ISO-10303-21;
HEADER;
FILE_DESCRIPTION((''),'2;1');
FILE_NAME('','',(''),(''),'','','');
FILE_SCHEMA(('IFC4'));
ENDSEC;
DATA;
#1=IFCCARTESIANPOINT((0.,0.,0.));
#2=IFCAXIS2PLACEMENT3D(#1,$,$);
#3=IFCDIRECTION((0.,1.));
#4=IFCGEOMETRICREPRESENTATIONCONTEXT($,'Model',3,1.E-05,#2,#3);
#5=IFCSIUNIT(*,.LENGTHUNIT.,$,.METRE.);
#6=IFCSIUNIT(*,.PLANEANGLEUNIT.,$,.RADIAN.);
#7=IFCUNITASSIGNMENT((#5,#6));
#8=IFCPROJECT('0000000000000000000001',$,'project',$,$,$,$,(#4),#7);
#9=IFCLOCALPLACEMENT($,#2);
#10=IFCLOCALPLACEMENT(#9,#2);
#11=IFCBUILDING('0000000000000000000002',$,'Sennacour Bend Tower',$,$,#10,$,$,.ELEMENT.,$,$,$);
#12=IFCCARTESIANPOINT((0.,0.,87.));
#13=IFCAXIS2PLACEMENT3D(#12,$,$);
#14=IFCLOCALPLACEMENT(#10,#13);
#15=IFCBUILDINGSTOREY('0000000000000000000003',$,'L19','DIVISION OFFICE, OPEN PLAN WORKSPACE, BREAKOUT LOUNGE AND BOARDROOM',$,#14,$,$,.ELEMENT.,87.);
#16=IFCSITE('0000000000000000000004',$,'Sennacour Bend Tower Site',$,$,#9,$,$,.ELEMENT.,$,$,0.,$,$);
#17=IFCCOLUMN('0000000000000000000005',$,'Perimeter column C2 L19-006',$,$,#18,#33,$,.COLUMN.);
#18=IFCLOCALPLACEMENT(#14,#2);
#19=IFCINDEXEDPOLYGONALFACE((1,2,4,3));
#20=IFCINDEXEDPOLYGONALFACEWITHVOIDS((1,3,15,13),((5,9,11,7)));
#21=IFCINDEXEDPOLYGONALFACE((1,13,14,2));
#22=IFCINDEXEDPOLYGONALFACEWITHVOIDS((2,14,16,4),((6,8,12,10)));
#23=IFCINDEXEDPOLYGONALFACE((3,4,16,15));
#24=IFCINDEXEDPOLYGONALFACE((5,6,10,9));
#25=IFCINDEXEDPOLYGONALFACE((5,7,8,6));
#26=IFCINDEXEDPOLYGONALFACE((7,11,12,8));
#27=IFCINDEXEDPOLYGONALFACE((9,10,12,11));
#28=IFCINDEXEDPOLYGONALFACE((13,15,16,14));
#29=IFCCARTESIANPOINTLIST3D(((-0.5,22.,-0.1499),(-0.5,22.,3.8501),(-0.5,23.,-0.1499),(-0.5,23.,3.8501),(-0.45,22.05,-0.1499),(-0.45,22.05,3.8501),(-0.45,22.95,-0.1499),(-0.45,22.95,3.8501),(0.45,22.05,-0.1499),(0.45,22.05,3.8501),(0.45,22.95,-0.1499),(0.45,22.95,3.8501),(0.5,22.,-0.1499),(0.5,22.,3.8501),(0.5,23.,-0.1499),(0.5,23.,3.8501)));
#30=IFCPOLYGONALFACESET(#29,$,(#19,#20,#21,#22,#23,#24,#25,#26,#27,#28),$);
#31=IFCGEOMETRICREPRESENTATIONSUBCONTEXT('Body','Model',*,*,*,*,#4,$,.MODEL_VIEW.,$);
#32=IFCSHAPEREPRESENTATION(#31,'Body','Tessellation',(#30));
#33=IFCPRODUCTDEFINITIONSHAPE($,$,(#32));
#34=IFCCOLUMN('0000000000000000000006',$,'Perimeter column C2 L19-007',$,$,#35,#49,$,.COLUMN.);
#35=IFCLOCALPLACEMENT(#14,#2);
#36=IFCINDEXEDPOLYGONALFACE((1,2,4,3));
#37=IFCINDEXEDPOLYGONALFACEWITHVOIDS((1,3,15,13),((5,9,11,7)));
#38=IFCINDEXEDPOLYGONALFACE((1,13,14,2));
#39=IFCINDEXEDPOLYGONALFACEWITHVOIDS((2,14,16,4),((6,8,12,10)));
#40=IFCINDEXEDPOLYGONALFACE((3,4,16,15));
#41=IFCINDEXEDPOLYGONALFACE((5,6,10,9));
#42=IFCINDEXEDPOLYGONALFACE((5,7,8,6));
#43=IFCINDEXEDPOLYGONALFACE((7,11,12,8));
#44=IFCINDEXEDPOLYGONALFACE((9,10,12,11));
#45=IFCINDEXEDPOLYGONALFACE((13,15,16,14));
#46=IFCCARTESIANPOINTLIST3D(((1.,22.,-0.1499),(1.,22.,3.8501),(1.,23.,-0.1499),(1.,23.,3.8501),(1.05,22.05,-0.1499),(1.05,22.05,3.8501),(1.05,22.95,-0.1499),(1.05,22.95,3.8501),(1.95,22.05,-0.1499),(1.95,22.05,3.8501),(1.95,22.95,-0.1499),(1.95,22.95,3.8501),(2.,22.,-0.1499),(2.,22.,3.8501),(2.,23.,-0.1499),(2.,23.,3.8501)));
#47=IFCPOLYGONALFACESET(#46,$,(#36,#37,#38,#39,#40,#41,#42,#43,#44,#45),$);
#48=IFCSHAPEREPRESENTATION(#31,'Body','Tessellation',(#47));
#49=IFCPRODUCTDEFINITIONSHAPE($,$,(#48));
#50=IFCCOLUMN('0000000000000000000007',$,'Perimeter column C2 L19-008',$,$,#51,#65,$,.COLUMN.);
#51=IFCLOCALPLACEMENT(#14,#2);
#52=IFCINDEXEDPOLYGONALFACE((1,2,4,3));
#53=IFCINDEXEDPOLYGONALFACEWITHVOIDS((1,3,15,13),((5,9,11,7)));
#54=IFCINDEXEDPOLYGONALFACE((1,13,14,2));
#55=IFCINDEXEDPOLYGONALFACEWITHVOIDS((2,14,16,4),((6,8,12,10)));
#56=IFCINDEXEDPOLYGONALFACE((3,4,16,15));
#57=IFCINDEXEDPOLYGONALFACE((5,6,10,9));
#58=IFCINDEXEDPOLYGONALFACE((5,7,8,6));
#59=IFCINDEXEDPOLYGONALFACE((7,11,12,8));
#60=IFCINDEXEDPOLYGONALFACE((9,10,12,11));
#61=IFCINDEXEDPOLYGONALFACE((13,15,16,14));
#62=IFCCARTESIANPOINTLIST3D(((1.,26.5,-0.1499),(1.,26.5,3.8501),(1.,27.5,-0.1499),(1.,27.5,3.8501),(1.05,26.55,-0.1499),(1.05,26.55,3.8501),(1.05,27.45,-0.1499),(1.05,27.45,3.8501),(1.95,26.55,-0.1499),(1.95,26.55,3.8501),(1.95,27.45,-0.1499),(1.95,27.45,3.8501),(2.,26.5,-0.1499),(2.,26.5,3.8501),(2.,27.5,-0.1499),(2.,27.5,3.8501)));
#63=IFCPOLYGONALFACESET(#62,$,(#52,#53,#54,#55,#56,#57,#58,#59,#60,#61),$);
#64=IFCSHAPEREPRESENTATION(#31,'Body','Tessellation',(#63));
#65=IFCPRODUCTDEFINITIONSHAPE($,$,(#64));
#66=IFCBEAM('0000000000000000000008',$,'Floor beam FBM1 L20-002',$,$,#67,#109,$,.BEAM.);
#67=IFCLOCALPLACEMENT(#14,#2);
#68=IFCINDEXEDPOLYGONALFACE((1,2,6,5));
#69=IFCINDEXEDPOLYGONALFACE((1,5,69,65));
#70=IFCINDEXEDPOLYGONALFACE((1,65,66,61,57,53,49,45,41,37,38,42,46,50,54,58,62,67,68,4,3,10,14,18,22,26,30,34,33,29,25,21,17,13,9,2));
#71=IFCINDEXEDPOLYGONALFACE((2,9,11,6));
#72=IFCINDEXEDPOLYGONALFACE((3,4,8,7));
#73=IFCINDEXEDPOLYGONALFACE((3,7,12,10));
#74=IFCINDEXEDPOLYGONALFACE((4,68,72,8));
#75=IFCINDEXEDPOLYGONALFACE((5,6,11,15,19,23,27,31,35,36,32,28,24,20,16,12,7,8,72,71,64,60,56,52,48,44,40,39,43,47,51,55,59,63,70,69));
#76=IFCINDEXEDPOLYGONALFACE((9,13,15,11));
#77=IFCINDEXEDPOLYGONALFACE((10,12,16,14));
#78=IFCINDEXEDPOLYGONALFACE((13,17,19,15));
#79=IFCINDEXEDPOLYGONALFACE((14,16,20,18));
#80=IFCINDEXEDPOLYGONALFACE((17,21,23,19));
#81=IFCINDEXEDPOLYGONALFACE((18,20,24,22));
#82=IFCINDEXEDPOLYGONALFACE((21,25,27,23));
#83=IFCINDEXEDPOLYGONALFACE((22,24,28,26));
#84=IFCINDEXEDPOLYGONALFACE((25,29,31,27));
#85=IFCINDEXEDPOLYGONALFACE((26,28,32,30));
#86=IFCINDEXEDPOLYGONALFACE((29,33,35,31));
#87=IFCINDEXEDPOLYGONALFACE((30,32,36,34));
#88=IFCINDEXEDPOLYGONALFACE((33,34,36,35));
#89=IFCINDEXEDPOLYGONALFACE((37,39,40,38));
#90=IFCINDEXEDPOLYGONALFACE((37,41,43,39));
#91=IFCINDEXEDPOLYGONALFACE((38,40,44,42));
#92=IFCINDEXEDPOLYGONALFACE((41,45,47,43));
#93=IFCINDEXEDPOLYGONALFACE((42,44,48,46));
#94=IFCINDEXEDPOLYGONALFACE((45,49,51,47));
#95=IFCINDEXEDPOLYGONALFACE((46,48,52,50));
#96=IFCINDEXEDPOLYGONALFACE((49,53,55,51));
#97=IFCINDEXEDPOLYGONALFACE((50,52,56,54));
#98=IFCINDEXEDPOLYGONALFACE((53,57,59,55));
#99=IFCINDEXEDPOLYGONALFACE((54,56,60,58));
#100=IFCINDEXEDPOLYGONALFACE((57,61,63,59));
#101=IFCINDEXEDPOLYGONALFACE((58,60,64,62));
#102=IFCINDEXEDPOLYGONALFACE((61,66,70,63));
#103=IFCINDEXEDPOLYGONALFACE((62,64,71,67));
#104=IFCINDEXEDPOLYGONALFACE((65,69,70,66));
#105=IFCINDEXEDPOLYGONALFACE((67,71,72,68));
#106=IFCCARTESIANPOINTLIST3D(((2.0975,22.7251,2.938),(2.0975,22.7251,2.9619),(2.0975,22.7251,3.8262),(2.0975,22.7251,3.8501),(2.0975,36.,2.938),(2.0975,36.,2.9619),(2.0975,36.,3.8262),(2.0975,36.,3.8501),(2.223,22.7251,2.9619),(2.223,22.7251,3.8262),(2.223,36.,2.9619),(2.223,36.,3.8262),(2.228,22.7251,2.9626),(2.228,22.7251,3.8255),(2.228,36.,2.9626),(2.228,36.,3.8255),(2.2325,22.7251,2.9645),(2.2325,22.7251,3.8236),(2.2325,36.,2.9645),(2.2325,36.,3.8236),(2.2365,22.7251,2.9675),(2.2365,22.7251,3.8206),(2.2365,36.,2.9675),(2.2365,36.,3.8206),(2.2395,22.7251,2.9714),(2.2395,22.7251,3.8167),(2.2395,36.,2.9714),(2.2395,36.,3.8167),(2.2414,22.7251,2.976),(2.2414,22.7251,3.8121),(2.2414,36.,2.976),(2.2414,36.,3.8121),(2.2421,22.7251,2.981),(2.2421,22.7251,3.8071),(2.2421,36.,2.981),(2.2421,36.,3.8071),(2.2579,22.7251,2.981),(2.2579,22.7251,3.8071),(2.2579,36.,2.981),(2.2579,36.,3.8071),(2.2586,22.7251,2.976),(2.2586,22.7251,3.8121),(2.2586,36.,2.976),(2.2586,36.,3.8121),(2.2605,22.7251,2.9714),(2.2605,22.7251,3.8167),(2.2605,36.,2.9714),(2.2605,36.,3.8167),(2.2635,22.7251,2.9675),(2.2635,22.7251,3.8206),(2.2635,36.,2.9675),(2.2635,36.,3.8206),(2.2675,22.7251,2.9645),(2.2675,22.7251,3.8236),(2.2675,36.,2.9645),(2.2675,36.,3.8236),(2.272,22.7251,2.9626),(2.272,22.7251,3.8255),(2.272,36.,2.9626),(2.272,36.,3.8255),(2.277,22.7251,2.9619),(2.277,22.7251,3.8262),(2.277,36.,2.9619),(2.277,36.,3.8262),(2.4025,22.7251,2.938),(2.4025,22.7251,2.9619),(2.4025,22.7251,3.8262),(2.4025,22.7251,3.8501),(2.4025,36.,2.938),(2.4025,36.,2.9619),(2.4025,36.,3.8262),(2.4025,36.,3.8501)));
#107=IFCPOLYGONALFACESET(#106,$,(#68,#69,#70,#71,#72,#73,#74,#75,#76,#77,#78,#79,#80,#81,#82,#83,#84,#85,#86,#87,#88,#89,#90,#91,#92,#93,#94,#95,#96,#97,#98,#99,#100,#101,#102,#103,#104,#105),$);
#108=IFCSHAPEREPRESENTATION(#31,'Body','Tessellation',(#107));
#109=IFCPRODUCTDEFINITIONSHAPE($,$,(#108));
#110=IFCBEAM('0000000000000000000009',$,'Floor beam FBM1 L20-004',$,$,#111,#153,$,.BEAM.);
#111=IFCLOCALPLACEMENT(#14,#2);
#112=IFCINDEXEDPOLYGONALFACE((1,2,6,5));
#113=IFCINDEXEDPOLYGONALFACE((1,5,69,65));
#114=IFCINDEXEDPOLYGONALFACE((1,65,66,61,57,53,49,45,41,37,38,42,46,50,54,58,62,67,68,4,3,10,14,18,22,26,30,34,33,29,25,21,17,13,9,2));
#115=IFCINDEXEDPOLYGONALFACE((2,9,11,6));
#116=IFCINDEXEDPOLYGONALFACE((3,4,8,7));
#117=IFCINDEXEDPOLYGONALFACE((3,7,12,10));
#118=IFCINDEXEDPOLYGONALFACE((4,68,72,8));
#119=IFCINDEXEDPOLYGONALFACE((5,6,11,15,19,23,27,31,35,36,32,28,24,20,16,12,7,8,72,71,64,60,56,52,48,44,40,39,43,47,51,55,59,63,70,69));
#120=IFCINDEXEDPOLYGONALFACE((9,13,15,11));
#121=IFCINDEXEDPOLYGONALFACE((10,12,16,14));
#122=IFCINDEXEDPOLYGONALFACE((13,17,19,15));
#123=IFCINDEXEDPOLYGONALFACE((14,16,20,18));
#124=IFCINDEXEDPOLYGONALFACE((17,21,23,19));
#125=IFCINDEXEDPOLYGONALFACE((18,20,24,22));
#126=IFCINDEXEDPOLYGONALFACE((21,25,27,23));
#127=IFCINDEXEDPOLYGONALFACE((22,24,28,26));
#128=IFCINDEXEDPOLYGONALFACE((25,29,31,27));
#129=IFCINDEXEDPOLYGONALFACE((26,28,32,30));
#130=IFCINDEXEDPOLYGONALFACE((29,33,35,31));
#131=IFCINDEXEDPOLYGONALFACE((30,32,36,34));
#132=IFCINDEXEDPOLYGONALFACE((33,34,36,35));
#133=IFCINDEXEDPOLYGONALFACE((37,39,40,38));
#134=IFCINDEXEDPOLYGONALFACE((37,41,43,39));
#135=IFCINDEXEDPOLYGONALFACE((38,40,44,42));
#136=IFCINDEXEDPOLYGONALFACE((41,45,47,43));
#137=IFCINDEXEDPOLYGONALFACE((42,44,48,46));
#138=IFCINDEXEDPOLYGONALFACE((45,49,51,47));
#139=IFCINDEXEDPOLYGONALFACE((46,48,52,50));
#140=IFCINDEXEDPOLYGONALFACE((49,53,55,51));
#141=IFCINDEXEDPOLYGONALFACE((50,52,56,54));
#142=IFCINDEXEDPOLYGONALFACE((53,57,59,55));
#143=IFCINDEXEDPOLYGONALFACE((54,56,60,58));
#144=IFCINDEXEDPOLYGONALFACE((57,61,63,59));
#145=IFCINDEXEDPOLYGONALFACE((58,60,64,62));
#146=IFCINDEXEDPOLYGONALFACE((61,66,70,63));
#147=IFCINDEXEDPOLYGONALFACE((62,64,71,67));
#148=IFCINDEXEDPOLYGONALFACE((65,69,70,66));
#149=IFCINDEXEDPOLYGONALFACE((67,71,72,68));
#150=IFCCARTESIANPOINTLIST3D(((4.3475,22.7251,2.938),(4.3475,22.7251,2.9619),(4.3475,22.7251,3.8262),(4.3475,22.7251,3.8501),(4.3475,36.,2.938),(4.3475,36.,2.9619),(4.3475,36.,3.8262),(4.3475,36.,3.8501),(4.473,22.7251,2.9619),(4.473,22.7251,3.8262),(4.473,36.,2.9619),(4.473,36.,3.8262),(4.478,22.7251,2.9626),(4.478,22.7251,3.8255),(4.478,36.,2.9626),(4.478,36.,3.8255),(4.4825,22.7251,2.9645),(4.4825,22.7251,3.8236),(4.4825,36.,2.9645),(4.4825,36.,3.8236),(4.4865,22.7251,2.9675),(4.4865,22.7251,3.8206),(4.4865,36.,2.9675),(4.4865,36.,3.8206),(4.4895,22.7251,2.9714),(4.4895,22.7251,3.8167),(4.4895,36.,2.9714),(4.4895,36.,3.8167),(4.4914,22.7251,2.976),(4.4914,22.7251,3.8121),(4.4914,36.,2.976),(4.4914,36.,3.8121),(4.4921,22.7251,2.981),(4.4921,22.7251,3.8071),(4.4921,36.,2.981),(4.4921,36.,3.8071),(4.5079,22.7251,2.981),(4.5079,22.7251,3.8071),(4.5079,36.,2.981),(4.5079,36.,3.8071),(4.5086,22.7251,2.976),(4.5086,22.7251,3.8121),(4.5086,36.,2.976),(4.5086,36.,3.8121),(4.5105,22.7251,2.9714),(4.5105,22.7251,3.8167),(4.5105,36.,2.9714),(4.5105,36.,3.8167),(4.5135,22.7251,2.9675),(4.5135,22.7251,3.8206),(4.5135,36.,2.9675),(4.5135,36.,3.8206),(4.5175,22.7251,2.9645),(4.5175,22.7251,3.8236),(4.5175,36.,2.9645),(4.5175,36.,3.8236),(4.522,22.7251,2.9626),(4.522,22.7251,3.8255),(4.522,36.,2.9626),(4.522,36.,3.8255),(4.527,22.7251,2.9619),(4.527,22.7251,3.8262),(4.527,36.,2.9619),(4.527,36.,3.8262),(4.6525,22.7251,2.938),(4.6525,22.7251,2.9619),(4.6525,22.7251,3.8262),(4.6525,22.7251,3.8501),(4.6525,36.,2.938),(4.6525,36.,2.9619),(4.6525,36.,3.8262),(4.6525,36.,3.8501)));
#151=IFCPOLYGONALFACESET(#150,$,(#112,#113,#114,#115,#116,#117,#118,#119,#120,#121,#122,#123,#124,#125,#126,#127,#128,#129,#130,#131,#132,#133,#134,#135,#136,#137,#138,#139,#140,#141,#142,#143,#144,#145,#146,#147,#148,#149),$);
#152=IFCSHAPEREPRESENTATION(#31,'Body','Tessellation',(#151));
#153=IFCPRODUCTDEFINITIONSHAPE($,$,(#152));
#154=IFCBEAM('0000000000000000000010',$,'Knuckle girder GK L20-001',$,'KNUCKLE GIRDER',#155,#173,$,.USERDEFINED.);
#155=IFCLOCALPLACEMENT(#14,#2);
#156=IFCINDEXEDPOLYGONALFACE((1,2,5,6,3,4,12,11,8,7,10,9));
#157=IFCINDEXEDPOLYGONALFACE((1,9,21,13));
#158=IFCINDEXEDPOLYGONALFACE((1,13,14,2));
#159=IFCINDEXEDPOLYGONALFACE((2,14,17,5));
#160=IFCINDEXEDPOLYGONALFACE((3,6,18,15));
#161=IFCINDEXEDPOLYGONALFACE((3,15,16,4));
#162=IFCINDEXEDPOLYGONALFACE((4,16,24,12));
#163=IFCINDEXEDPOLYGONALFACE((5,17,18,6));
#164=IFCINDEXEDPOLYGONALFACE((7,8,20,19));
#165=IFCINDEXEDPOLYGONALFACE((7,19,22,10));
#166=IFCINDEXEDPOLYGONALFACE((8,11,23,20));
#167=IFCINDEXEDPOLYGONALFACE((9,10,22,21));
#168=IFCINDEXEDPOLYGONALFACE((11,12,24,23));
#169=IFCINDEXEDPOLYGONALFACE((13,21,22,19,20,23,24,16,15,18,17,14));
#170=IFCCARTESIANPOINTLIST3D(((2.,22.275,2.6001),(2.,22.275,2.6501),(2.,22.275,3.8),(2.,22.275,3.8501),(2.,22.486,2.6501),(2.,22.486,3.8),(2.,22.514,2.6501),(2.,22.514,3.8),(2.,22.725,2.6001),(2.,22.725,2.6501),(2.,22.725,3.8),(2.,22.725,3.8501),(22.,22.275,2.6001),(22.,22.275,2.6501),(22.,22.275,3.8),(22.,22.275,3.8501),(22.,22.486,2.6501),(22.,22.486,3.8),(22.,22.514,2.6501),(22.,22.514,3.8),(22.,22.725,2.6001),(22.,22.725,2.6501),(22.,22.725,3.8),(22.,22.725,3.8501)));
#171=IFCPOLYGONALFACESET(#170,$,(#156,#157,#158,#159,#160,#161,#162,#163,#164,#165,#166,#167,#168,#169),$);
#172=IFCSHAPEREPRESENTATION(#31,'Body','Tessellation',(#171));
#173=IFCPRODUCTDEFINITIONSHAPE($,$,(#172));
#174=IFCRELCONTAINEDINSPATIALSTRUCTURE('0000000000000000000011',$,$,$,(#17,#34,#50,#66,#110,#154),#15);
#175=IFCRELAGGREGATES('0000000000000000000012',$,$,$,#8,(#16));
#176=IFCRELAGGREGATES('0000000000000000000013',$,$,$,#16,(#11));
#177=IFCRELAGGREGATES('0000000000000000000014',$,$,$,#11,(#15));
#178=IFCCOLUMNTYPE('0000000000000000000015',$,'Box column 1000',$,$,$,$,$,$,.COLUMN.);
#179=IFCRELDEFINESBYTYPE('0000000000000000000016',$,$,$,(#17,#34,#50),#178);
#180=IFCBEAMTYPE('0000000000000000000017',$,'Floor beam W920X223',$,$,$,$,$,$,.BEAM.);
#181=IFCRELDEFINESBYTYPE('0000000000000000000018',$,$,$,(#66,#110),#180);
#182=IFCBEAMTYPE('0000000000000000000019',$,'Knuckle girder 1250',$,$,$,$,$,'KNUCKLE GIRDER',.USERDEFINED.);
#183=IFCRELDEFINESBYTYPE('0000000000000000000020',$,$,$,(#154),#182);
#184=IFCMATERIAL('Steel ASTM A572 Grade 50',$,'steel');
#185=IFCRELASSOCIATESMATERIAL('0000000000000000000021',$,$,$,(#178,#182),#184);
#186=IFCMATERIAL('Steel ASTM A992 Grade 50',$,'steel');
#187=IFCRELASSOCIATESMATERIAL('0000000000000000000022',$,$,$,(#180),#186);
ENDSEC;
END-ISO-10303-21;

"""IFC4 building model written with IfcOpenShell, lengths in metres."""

from ifc_helpers import new_model, si_unit, direction, frame, origin, origin_2d, place, context, subcontext, project, spatial, hollow_rectangle, i_section, extrude, material, material_profile, profile_set, type_object, element, save


model = new_model("IFC4")

# Units and contexts
model_context = context("Model", 3, precision=1e-05, world=origin(), true_north=direction((0.0, 1.0)))
body_context = subcontext(model_context, "Body", "Model", "MODEL_VIEW")
ifc_project = project(units=[si_unit("LENGTHUNIT", "METRE"), si_unit("PLANEANGLEUNIT", "RADIAN")], contexts=[model_context])

# Site, building, storey
site_placement = place(None, origin())
site = spatial("IfcSite", under=ifc_project, at=site_placement, Name="Sennacour Bend Tower Site", CompositionType="ELEMENT", RefElevation=0.0)
building_placement = place(site_placement, origin())
building = spatial("IfcBuilding", under=site, at=building_placement, Name="Sennacour Bend Tower", CompositionType="ELEMENT")
storey_placement = place(building_placement, frame((0.0, 0.0, 87.0)))
storey = spatial("IfcBuildingStorey", under=building, at=storey_placement, Name="L19", Description="DIVISION OFFICE, OPEN PLAN WORKSPACE, BREAKOUT LOUNGE AND BOARDROOM", CompositionType="ELEMENT", Elevation=87.0)

# Columns
ifc_material_1 = material(Name="Steel ASTM A572 Grade 50", Category="steel")
ifc_material_profile_1 = material_profile(ifc_material_1, hollow_rectangle(XDim=1.0, YDim=1.0, WallThickness=0.05, at=origin_2d()), Name="Steel ASTM A572 Grade 50", Category="steel")
ifc_profile_set_1 = profile_set([ifc_material_profile_1], Name="Steel ASTM A572 Grade 50")
column_type = type_object("IfcColumnType", Name="Box column 1000", PredefinedType="COLUMN", material=ifc_profile_set_1)
for number, where, z_axis, x_axis, name in (
    (1, (0.0, 22.5, -0.1499), (0.0, 0.0, 1.0), (1.0, 0.0, 0.0), "Perimeter column C2 L19-006"),
    (2, (1.5, 22.5, -0.1499), (0.0, 0.0, 1.0), (1.0, 0.0, 0.0), "Perimeter column C2 L19-007"),
    (3, (1.5, 27.0, -0.1499), (0.0, 0.0, 1.0), (1.0, 0.0, 0.0), "Perimeter column C2 L19-008"),
):
    element("IfcColumn", number, at=place(storey_placement, frame(where, z_axis=z_axis, x_axis=x_axis)), inside=storey, type_object=column_type, Name=name, PredefinedType="COLUMN", context=body_context, shape_type="SweptSolid", body=[
        extrude(hollow_rectangle(XDim=1.0, YDim=1.0, WallThickness=0.05, at=origin_2d()), origin(), (0.0, 0.0, 1.0), 4.0),
    ])

# Beams
ifc_material_2 = material(Name="Steel ASTM A992 Grade 50", Category="steel")
ifc_material_profile_2 = material_profile(ifc_material_2, i_section(OverallWidth=0.3049, OverallDepth=0.9121, WebThickness=0.0159, FlangeThickness=0.0239, FilletRadius=0.019, at=origin_2d()), Name="Steel ASTM A992 Grade 50", Category="steel")
ifc_profile_set_2 = profile_set([ifc_material_profile_2], Name="Steel ASTM A992 Grade 50")
beam_type_1 = type_object("IfcBeamType", Name="Floor beam W920X223", PredefinedType="BEAM", material=ifc_profile_set_2)
for number, where, z_axis, x_axis, name in (
    (4, (2.25, 22.7251, 3.394), (0.0, 1.0, 0.0), (-1.0, 0.0, 0.0), "Floor beam FBM1 L20-002"),
    (5, (4.5, 22.7251, 3.394), (0.0, 1.0, 0.0), (-1.0, 0.0, 0.0), "Floor beam FBM1 L20-004"),
):
    element("IfcBeam", number, at=place(storey_placement, frame(where, z_axis=z_axis, x_axis=x_axis)), inside=storey, type_object=beam_type_1, Name=name, PredefinedType="BEAM", context=body_context, shape_type="SweptSolid", body=[
        extrude(i_section(OverallWidth=0.3049, OverallDepth=0.9121, WebThickness=0.0159, FlangeThickness=0.0239, FilletRadius=0.019, at=origin_2d()), origin(), (0.0, 0.0, 1.0), 13.2749),
    ])
ifc_material_profile_3 = material_profile(ifc_material_1, i_section(OverallWidth=0.45, OverallDepth=1.25, WebThickness=0.0281, FlangeThickness=0.05, at=origin_2d()), Name="Steel ASTM A572 Grade 50", Category="steel")
ifc_profile_set_3 = profile_set([ifc_material_profile_3], Name="Steel ASTM A572 Grade 50")
beam_type_2 = type_object("IfcBeamType", Name="Knuckle girder 1250", ElementType="KNUCKLE GIRDER", PredefinedType="USERDEFINED", material=ifc_profile_set_3)
beam_1_placement = place(storey_placement, frame((2.0, 22.5, 3.2251), z_axis=(1.0, 0.0, 0.0), x_axis=(0.0, 1.0, 0.0)))
element("IfcBeam", 6, at=beam_1_placement, inside=storey, type_object=beam_type_2, Name="Knuckle girder GK L20-001", ObjectType="KNUCKLE GIRDER", PredefinedType="USERDEFINED", context=body_context, shape_type="SweptSolid", body=[
    extrude(i_section(OverallWidth=0.45, OverallDepth=1.25, WebThickness=0.0281, FlangeThickness=0.05, at=origin_2d()), origin(), (0.0, 0.0, 1.0), 20.0),
])

save(model, "model.ifc")
